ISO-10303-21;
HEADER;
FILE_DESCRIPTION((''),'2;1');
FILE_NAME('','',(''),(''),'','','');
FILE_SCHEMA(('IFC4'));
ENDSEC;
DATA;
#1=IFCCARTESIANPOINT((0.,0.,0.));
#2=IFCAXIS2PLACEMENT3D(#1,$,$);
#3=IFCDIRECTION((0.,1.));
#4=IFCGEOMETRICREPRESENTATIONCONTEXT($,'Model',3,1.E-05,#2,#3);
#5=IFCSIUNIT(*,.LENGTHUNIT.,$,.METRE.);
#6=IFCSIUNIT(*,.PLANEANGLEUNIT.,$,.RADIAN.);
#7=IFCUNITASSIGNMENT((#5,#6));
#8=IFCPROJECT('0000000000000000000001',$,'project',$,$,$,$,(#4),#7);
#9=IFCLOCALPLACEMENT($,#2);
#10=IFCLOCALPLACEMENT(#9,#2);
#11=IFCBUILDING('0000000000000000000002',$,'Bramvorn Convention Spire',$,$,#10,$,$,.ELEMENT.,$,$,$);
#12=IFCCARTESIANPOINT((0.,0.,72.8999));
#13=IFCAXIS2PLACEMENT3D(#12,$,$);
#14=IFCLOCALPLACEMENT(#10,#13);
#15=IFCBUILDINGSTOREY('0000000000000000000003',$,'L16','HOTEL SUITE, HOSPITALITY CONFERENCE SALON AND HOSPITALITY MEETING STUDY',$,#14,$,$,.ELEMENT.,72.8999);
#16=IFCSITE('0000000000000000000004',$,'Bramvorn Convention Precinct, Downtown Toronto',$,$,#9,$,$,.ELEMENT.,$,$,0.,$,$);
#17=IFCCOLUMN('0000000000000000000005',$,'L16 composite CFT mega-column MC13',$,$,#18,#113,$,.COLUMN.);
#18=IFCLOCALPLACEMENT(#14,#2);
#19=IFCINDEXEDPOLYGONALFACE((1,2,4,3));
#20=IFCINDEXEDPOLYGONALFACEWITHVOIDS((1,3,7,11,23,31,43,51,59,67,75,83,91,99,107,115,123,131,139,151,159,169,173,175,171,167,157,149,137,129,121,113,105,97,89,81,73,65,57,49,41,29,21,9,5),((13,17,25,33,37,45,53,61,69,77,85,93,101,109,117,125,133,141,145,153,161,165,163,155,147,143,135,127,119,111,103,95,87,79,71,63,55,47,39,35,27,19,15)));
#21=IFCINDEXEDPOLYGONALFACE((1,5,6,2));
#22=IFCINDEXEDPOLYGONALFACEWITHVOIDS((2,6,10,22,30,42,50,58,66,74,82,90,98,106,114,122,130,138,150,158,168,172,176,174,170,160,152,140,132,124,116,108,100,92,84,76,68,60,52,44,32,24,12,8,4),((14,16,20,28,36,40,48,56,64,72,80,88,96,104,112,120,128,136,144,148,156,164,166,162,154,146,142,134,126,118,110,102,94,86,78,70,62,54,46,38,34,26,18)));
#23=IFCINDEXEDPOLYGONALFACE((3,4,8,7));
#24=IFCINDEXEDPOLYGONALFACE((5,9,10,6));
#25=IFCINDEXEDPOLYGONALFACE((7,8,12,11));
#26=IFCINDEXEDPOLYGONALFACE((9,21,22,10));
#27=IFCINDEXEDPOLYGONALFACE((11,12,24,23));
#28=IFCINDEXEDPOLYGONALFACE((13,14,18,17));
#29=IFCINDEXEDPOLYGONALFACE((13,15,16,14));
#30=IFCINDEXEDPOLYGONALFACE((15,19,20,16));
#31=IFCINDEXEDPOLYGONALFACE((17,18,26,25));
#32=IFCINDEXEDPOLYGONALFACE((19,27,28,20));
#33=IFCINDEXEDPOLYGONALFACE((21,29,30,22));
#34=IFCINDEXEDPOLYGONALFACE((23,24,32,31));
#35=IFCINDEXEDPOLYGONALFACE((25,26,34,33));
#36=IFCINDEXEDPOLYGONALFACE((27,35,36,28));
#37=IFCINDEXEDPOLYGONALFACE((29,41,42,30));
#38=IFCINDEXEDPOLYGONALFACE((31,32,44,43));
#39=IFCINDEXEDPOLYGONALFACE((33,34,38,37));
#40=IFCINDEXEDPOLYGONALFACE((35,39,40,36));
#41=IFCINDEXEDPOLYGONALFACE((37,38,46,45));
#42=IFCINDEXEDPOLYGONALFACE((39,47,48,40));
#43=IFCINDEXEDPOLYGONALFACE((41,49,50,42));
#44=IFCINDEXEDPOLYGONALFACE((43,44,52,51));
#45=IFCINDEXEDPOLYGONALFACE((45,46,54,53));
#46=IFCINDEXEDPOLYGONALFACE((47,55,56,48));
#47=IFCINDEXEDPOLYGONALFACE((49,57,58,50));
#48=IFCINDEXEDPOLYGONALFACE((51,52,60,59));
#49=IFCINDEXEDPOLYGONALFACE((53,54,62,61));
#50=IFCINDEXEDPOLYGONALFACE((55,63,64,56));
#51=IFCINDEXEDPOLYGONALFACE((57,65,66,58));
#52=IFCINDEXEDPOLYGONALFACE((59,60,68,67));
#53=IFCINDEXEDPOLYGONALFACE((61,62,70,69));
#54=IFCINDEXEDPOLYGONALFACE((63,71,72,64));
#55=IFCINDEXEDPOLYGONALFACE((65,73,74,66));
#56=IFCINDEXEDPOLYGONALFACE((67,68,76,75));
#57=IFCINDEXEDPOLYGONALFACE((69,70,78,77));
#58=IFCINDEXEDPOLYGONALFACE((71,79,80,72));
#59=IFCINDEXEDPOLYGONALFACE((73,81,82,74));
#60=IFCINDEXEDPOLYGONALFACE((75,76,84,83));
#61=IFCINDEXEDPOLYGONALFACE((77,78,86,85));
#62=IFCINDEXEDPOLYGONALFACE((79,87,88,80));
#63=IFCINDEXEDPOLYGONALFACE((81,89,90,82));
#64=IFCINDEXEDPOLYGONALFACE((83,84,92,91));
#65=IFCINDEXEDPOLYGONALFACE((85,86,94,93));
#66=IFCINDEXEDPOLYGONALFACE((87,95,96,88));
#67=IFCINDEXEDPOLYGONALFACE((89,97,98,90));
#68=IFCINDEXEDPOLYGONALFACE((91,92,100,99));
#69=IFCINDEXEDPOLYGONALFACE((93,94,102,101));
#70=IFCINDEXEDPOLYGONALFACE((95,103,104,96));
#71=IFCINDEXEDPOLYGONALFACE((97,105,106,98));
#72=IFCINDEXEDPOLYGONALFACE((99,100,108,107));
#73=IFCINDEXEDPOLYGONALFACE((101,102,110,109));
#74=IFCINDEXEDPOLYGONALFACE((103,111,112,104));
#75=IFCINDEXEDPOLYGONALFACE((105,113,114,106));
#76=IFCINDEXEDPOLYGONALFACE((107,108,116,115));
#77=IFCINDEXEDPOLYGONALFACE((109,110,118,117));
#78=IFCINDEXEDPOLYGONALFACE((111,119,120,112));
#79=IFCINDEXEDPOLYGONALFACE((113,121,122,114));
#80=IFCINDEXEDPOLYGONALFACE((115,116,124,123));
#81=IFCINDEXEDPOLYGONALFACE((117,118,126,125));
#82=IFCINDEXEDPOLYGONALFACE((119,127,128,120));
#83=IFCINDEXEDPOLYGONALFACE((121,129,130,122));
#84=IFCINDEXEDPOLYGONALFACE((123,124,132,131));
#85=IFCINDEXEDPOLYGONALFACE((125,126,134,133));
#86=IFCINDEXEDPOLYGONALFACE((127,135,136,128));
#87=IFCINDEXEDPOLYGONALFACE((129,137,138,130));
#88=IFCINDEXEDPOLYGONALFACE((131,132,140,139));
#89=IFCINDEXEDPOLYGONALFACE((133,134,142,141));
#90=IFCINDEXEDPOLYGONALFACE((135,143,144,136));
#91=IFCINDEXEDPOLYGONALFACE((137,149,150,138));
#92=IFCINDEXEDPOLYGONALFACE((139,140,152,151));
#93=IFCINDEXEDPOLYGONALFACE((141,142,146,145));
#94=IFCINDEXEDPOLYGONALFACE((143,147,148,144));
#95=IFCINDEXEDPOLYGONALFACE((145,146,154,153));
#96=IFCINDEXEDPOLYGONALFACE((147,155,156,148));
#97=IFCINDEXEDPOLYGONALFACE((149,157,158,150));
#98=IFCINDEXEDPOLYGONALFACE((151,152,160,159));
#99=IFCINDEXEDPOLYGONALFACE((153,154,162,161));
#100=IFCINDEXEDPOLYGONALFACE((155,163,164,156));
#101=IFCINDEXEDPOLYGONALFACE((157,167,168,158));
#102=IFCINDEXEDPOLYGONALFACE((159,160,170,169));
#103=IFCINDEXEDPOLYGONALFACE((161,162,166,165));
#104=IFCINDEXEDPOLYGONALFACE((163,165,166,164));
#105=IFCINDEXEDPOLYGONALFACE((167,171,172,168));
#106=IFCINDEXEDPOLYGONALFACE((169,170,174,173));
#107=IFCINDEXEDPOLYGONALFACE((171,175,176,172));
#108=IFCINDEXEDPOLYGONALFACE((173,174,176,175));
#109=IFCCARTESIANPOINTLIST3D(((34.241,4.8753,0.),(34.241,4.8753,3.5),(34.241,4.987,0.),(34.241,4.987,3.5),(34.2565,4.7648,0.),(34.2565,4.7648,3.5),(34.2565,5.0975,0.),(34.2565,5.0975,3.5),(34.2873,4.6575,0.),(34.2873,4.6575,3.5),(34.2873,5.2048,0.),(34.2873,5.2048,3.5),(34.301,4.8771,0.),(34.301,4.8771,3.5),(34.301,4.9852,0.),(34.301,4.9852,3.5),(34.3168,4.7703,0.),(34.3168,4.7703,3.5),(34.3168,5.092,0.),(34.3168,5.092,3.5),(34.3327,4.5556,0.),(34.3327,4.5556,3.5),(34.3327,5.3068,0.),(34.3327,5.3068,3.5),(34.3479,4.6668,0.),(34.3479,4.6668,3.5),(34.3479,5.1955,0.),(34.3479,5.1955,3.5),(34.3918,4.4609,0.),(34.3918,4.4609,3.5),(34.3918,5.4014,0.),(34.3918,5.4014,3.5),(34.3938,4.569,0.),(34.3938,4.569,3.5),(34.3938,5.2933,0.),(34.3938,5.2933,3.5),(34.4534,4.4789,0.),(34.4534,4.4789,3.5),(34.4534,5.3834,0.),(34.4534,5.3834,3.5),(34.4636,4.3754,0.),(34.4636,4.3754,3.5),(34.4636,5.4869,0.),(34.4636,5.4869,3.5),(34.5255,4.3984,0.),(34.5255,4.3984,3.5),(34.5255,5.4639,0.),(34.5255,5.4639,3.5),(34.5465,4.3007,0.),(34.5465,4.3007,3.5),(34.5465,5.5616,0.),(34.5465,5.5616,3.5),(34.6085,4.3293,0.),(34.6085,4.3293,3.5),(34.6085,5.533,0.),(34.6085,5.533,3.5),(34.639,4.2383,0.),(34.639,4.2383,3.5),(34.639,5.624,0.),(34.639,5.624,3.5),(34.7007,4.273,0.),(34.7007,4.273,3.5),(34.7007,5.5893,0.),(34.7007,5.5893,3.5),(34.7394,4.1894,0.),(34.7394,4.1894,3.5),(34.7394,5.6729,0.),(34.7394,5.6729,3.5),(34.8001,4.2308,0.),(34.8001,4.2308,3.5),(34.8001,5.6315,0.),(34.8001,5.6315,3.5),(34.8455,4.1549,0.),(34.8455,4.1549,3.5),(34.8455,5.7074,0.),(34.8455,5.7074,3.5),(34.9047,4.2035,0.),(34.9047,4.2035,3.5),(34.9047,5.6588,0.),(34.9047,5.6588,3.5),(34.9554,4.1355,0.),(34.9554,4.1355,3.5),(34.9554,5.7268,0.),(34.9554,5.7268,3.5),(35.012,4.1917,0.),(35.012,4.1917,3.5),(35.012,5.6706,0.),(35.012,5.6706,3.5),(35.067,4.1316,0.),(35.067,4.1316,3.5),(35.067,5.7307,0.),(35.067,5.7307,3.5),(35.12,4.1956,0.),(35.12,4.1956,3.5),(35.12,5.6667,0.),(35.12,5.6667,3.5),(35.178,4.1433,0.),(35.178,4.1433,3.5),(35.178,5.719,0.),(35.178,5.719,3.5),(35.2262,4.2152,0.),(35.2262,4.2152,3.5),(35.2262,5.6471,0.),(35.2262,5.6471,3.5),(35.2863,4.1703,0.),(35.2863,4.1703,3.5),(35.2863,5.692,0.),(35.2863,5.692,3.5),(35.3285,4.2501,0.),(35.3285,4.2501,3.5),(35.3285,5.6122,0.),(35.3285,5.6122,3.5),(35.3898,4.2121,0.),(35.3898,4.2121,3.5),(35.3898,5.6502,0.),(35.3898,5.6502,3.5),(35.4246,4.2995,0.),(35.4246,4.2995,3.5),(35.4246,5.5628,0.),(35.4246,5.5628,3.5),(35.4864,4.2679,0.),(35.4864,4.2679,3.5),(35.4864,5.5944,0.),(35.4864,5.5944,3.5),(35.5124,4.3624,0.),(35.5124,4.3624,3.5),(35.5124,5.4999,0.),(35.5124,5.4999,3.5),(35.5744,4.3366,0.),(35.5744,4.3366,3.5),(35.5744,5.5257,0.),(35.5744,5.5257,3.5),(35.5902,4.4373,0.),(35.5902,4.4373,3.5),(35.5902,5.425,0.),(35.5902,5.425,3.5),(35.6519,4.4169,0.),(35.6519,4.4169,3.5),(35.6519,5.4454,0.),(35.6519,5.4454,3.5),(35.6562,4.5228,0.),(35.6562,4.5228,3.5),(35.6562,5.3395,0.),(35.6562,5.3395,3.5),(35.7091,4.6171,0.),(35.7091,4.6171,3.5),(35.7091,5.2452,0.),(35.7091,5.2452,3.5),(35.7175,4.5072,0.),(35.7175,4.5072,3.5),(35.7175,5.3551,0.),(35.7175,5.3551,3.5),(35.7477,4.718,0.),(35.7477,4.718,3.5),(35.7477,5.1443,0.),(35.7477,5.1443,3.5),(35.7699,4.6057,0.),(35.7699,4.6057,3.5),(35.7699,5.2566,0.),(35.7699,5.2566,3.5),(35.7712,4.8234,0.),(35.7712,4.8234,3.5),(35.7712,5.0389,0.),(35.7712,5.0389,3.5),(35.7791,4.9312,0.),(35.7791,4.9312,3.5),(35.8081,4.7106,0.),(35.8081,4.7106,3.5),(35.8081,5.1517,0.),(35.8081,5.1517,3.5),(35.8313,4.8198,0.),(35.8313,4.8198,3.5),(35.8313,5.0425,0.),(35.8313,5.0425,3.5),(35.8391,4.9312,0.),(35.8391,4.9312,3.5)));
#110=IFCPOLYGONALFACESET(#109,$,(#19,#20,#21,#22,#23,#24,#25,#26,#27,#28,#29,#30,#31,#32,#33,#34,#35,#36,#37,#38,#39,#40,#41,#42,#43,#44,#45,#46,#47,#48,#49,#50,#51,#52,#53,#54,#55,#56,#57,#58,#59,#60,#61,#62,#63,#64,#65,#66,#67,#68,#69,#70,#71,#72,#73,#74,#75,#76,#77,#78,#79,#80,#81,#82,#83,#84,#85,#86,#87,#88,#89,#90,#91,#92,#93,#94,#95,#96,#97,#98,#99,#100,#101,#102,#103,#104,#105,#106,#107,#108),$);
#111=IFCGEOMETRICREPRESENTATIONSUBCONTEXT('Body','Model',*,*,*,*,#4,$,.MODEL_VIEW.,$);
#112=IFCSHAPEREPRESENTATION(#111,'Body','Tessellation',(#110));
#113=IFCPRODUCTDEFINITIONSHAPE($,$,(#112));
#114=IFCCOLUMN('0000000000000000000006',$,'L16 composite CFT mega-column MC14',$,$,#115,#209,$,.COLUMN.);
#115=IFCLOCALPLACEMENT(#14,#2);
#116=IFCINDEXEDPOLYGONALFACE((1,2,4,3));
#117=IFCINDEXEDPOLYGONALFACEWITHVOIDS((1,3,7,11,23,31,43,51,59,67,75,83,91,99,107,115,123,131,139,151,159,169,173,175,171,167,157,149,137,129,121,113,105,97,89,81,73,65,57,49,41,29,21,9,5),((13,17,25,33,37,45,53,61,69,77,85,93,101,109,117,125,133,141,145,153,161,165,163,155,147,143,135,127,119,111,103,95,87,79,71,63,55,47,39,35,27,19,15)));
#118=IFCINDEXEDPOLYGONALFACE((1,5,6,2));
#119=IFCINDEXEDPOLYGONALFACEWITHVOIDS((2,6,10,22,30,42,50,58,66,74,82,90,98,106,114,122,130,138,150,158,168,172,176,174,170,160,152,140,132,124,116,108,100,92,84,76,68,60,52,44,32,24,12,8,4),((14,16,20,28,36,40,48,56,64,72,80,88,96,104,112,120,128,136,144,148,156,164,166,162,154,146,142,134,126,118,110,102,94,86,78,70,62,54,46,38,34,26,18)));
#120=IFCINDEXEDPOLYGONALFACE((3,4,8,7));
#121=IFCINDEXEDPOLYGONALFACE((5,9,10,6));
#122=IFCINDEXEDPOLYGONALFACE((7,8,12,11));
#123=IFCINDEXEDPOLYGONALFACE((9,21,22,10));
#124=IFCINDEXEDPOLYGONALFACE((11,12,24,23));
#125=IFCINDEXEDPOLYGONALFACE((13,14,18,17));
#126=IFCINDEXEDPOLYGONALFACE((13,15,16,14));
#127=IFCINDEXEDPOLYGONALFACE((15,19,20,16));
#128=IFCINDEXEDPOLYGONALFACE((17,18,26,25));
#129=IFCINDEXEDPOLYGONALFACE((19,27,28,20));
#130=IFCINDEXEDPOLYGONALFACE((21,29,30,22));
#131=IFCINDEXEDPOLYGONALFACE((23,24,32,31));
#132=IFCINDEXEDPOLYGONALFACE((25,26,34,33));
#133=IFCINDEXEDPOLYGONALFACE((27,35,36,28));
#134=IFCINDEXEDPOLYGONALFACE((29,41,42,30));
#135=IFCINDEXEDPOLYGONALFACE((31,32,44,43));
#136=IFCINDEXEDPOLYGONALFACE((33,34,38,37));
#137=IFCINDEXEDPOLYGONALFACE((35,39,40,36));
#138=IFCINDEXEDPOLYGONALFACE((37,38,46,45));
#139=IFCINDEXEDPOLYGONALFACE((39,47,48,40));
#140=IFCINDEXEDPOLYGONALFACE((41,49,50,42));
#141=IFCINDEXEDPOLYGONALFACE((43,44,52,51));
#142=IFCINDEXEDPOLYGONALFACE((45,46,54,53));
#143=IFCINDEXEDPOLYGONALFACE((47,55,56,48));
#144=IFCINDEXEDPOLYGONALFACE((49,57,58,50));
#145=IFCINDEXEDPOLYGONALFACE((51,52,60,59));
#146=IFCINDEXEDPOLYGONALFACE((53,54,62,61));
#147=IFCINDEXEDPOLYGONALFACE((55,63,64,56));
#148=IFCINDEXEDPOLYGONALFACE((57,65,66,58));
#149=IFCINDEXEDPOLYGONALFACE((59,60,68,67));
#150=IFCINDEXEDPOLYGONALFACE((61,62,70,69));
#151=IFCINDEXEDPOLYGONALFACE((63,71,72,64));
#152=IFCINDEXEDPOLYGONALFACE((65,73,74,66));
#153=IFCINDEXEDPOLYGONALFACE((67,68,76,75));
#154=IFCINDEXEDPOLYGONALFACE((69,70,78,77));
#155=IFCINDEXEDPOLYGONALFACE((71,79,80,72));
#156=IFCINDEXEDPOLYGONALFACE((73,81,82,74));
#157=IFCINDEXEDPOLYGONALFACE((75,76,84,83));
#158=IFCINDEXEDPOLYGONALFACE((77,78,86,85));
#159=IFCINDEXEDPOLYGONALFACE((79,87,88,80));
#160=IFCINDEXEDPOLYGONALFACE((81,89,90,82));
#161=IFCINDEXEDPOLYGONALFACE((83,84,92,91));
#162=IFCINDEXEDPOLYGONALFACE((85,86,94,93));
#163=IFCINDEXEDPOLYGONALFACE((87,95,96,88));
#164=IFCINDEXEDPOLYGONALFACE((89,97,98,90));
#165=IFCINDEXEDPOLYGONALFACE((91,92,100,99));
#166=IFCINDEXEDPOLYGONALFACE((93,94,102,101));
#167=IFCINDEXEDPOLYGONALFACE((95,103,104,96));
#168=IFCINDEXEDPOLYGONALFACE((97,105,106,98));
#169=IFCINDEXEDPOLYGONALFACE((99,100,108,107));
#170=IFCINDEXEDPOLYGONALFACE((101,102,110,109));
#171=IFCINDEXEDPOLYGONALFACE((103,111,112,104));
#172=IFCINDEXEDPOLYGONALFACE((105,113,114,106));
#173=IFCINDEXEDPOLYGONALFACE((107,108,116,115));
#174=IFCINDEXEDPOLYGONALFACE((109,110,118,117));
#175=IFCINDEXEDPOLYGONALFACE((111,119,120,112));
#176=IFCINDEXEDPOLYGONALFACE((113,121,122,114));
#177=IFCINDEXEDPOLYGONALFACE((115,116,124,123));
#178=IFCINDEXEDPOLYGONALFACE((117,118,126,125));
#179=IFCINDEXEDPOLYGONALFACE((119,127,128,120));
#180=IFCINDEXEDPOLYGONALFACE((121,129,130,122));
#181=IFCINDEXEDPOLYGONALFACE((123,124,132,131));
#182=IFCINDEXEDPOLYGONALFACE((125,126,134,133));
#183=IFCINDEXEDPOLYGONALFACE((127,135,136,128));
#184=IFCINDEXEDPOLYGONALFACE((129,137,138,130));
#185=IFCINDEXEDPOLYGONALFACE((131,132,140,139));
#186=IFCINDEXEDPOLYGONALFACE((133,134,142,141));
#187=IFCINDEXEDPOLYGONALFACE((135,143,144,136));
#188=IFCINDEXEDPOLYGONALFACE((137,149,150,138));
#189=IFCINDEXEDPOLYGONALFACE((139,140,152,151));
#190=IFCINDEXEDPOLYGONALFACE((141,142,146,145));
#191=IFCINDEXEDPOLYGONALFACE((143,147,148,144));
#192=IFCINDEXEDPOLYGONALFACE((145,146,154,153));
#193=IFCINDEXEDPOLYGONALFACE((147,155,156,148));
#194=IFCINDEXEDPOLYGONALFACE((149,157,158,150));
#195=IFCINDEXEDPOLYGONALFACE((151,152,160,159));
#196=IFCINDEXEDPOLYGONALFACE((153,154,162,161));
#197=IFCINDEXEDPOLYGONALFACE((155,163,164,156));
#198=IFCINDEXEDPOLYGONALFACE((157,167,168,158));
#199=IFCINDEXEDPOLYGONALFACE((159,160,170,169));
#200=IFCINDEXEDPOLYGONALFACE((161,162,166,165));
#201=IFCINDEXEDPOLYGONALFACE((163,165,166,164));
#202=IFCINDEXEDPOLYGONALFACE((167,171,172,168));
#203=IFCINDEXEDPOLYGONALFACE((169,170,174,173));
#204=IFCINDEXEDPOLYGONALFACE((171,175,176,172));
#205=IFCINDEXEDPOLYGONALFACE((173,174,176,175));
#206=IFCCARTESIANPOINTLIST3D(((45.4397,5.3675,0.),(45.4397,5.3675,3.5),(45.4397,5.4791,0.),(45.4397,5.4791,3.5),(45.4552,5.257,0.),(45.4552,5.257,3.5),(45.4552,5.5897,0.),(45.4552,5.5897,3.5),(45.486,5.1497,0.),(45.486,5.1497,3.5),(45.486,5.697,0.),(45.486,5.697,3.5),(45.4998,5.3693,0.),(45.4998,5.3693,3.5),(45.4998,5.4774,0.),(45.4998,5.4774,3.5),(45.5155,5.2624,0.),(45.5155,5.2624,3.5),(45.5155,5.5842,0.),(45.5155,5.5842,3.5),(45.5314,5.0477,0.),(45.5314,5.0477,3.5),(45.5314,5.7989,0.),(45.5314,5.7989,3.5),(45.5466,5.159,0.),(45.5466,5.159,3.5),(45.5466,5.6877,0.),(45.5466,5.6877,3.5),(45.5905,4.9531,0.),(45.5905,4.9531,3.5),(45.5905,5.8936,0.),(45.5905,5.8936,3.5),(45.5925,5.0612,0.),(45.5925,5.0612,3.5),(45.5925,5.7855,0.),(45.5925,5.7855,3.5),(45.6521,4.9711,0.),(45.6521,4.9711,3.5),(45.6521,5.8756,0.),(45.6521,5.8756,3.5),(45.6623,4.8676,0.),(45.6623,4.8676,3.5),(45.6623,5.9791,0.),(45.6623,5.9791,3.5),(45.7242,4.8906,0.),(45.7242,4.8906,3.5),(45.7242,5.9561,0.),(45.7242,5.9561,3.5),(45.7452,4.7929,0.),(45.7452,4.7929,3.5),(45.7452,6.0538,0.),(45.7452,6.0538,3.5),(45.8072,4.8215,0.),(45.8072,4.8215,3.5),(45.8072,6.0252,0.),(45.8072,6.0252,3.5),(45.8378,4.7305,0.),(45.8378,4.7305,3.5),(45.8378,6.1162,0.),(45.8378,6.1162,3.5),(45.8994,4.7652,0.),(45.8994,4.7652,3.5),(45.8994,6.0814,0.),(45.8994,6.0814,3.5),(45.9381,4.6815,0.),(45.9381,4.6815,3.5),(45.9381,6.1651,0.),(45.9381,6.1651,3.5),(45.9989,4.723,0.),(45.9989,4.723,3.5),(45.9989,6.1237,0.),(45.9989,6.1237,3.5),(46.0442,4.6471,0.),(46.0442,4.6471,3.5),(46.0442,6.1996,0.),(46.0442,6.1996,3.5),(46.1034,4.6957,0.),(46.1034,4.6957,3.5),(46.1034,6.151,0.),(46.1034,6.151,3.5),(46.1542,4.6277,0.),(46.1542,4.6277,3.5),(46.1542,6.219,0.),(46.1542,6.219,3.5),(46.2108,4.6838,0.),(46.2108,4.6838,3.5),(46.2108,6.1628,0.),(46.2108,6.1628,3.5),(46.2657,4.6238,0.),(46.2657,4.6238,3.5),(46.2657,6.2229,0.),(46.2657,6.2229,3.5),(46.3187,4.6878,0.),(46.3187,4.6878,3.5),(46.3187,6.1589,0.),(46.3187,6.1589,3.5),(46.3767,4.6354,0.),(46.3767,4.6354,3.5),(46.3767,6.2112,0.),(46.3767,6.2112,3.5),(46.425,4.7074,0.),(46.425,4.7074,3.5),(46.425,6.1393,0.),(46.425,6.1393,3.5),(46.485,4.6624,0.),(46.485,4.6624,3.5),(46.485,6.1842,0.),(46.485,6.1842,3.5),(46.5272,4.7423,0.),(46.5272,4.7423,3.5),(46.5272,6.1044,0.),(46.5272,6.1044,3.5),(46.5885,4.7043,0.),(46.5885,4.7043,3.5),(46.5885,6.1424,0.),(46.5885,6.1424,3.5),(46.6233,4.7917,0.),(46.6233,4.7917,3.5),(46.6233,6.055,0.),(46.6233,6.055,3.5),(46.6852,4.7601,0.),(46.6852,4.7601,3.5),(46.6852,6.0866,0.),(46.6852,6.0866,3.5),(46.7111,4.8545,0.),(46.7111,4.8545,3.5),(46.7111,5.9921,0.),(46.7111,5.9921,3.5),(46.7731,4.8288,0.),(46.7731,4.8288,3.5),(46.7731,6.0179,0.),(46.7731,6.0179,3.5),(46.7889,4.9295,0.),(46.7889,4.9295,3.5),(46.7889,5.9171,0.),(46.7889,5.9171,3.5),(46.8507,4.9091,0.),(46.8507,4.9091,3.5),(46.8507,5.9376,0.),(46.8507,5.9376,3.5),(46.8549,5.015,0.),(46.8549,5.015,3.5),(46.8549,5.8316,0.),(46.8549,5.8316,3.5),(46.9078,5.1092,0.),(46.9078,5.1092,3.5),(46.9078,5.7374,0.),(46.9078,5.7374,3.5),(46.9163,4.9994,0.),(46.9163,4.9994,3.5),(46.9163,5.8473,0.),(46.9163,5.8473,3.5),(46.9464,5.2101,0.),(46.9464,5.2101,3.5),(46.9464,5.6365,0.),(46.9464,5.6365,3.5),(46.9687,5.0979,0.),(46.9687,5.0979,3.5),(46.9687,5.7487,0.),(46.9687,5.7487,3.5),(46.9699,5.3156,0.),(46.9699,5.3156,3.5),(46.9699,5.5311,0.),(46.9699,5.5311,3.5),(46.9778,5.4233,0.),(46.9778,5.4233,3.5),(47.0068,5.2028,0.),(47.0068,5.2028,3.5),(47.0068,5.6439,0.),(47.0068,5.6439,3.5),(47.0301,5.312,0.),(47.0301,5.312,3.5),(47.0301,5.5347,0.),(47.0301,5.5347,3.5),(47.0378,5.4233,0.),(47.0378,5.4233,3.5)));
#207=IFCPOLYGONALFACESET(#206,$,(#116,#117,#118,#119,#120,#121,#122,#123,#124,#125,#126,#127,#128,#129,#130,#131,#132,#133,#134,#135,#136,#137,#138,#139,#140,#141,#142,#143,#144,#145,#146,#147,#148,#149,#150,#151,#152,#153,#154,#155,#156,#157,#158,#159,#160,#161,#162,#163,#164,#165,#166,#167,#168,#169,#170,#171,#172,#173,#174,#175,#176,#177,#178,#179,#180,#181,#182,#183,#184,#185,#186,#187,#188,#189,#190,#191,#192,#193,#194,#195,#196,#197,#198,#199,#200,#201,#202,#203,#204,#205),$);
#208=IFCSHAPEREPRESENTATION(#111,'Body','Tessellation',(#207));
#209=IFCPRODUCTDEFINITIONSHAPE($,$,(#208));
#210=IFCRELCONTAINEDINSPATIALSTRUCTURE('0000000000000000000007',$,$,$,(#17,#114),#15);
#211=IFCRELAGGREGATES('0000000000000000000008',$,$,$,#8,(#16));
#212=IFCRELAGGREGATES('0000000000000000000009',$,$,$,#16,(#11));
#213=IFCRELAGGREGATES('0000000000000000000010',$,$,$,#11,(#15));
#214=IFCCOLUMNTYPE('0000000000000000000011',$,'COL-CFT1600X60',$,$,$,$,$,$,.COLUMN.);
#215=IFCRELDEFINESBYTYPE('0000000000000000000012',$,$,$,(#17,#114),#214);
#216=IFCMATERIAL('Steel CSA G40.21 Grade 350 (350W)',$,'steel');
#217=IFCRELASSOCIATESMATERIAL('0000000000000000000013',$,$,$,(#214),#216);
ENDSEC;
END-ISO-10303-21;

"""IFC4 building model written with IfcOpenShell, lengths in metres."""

from ifc_helpers import new_model, si_unit, direction, frame, origin, origin_2d, place, context, subcontext, project, spatial, hollow_circle, extrude, material, material_profile, profile_set, type_object, element, save


model = new_model("IFC4")

# Units and contexts
model_context = context("Model", 3, precision=1e-05, world=origin(), true_north=direction((0.0, 1.0)))
body_context = subcontext(model_context, "Body", "Model", "MODEL_VIEW")
ifc_project = project(units=[si_unit("LENGTHUNIT", "METRE"), si_unit("PLANEANGLEUNIT", "RADIAN")], contexts=[model_context])

# Site, building, storey
site_placement = place(None, origin())
site = spatial("IfcSite", under=ifc_project, at=site_placement, Name="Bramvorn Convention Precinct, Downtown Toronto", CompositionType="ELEMENT", RefElevation=0.0)
building_placement = place(site_placement, origin())
building = spatial("IfcBuilding", under=site, at=building_placement, Name="Bramvorn Convention Spire", CompositionType="ELEMENT")
storey_placement = place(building_placement, frame((0.0, 0.0, 72.8999)))
storey = spatial("IfcBuildingStorey", under=building, at=storey_placement, Name="L16", Description="HOTEL SUITE, HOSPITALITY CONFERENCE SALON AND HOSPITALITY MEETING STUDY", CompositionType="ELEMENT", Elevation=72.8999)

# Columns
ifc_material_1 = material(Name="Steel CSA G40.21 Grade 350 (350W)", Category="steel")
ifc_material_profile_1 = material_profile(ifc_material_1, hollow_circle(Radius=0.8, WallThickness=0.0601, at=origin_2d()))
ifc_profile_set_1 = profile_set([ifc_material_profile_1], Name="Steel CSA G40.21 Grade 350 (350W) - CFT1600X60")
column_type = type_object("IfcColumnType", Name="COL-CFT1600X60", PredefinedType="COLUMN", material=ifc_profile_set_1)
for number, where, z_axis, x_axis, name in (
    (1, (35.0391, 4.9312, 0.0), (0.0, 0.0, 1.0), (1.0, 0.0, 0.0), "L16 composite CFT mega-column MC13"),
    (2, (46.2378, 5.4233, 0.0), (0.0, 0.0, 1.0), (1.0, 0.0, 0.0), "L16 composite CFT mega-column MC14"),
):
    element("IfcColumn", number, at=place(storey_placement, frame(where, z_axis=z_axis, x_axis=x_axis)), inside=storey, type_object=column_type, Name=name, PredefinedType="COLUMN", context=body_context, shape_type="SweptSolid", body=[
        extrude(hollow_circle(Radius=0.8, WallThickness=0.0601, at=origin_2d()), origin(), (0.0, 0.0, 1.0), 3.5),
    ])

save(model, "model.ifc")
